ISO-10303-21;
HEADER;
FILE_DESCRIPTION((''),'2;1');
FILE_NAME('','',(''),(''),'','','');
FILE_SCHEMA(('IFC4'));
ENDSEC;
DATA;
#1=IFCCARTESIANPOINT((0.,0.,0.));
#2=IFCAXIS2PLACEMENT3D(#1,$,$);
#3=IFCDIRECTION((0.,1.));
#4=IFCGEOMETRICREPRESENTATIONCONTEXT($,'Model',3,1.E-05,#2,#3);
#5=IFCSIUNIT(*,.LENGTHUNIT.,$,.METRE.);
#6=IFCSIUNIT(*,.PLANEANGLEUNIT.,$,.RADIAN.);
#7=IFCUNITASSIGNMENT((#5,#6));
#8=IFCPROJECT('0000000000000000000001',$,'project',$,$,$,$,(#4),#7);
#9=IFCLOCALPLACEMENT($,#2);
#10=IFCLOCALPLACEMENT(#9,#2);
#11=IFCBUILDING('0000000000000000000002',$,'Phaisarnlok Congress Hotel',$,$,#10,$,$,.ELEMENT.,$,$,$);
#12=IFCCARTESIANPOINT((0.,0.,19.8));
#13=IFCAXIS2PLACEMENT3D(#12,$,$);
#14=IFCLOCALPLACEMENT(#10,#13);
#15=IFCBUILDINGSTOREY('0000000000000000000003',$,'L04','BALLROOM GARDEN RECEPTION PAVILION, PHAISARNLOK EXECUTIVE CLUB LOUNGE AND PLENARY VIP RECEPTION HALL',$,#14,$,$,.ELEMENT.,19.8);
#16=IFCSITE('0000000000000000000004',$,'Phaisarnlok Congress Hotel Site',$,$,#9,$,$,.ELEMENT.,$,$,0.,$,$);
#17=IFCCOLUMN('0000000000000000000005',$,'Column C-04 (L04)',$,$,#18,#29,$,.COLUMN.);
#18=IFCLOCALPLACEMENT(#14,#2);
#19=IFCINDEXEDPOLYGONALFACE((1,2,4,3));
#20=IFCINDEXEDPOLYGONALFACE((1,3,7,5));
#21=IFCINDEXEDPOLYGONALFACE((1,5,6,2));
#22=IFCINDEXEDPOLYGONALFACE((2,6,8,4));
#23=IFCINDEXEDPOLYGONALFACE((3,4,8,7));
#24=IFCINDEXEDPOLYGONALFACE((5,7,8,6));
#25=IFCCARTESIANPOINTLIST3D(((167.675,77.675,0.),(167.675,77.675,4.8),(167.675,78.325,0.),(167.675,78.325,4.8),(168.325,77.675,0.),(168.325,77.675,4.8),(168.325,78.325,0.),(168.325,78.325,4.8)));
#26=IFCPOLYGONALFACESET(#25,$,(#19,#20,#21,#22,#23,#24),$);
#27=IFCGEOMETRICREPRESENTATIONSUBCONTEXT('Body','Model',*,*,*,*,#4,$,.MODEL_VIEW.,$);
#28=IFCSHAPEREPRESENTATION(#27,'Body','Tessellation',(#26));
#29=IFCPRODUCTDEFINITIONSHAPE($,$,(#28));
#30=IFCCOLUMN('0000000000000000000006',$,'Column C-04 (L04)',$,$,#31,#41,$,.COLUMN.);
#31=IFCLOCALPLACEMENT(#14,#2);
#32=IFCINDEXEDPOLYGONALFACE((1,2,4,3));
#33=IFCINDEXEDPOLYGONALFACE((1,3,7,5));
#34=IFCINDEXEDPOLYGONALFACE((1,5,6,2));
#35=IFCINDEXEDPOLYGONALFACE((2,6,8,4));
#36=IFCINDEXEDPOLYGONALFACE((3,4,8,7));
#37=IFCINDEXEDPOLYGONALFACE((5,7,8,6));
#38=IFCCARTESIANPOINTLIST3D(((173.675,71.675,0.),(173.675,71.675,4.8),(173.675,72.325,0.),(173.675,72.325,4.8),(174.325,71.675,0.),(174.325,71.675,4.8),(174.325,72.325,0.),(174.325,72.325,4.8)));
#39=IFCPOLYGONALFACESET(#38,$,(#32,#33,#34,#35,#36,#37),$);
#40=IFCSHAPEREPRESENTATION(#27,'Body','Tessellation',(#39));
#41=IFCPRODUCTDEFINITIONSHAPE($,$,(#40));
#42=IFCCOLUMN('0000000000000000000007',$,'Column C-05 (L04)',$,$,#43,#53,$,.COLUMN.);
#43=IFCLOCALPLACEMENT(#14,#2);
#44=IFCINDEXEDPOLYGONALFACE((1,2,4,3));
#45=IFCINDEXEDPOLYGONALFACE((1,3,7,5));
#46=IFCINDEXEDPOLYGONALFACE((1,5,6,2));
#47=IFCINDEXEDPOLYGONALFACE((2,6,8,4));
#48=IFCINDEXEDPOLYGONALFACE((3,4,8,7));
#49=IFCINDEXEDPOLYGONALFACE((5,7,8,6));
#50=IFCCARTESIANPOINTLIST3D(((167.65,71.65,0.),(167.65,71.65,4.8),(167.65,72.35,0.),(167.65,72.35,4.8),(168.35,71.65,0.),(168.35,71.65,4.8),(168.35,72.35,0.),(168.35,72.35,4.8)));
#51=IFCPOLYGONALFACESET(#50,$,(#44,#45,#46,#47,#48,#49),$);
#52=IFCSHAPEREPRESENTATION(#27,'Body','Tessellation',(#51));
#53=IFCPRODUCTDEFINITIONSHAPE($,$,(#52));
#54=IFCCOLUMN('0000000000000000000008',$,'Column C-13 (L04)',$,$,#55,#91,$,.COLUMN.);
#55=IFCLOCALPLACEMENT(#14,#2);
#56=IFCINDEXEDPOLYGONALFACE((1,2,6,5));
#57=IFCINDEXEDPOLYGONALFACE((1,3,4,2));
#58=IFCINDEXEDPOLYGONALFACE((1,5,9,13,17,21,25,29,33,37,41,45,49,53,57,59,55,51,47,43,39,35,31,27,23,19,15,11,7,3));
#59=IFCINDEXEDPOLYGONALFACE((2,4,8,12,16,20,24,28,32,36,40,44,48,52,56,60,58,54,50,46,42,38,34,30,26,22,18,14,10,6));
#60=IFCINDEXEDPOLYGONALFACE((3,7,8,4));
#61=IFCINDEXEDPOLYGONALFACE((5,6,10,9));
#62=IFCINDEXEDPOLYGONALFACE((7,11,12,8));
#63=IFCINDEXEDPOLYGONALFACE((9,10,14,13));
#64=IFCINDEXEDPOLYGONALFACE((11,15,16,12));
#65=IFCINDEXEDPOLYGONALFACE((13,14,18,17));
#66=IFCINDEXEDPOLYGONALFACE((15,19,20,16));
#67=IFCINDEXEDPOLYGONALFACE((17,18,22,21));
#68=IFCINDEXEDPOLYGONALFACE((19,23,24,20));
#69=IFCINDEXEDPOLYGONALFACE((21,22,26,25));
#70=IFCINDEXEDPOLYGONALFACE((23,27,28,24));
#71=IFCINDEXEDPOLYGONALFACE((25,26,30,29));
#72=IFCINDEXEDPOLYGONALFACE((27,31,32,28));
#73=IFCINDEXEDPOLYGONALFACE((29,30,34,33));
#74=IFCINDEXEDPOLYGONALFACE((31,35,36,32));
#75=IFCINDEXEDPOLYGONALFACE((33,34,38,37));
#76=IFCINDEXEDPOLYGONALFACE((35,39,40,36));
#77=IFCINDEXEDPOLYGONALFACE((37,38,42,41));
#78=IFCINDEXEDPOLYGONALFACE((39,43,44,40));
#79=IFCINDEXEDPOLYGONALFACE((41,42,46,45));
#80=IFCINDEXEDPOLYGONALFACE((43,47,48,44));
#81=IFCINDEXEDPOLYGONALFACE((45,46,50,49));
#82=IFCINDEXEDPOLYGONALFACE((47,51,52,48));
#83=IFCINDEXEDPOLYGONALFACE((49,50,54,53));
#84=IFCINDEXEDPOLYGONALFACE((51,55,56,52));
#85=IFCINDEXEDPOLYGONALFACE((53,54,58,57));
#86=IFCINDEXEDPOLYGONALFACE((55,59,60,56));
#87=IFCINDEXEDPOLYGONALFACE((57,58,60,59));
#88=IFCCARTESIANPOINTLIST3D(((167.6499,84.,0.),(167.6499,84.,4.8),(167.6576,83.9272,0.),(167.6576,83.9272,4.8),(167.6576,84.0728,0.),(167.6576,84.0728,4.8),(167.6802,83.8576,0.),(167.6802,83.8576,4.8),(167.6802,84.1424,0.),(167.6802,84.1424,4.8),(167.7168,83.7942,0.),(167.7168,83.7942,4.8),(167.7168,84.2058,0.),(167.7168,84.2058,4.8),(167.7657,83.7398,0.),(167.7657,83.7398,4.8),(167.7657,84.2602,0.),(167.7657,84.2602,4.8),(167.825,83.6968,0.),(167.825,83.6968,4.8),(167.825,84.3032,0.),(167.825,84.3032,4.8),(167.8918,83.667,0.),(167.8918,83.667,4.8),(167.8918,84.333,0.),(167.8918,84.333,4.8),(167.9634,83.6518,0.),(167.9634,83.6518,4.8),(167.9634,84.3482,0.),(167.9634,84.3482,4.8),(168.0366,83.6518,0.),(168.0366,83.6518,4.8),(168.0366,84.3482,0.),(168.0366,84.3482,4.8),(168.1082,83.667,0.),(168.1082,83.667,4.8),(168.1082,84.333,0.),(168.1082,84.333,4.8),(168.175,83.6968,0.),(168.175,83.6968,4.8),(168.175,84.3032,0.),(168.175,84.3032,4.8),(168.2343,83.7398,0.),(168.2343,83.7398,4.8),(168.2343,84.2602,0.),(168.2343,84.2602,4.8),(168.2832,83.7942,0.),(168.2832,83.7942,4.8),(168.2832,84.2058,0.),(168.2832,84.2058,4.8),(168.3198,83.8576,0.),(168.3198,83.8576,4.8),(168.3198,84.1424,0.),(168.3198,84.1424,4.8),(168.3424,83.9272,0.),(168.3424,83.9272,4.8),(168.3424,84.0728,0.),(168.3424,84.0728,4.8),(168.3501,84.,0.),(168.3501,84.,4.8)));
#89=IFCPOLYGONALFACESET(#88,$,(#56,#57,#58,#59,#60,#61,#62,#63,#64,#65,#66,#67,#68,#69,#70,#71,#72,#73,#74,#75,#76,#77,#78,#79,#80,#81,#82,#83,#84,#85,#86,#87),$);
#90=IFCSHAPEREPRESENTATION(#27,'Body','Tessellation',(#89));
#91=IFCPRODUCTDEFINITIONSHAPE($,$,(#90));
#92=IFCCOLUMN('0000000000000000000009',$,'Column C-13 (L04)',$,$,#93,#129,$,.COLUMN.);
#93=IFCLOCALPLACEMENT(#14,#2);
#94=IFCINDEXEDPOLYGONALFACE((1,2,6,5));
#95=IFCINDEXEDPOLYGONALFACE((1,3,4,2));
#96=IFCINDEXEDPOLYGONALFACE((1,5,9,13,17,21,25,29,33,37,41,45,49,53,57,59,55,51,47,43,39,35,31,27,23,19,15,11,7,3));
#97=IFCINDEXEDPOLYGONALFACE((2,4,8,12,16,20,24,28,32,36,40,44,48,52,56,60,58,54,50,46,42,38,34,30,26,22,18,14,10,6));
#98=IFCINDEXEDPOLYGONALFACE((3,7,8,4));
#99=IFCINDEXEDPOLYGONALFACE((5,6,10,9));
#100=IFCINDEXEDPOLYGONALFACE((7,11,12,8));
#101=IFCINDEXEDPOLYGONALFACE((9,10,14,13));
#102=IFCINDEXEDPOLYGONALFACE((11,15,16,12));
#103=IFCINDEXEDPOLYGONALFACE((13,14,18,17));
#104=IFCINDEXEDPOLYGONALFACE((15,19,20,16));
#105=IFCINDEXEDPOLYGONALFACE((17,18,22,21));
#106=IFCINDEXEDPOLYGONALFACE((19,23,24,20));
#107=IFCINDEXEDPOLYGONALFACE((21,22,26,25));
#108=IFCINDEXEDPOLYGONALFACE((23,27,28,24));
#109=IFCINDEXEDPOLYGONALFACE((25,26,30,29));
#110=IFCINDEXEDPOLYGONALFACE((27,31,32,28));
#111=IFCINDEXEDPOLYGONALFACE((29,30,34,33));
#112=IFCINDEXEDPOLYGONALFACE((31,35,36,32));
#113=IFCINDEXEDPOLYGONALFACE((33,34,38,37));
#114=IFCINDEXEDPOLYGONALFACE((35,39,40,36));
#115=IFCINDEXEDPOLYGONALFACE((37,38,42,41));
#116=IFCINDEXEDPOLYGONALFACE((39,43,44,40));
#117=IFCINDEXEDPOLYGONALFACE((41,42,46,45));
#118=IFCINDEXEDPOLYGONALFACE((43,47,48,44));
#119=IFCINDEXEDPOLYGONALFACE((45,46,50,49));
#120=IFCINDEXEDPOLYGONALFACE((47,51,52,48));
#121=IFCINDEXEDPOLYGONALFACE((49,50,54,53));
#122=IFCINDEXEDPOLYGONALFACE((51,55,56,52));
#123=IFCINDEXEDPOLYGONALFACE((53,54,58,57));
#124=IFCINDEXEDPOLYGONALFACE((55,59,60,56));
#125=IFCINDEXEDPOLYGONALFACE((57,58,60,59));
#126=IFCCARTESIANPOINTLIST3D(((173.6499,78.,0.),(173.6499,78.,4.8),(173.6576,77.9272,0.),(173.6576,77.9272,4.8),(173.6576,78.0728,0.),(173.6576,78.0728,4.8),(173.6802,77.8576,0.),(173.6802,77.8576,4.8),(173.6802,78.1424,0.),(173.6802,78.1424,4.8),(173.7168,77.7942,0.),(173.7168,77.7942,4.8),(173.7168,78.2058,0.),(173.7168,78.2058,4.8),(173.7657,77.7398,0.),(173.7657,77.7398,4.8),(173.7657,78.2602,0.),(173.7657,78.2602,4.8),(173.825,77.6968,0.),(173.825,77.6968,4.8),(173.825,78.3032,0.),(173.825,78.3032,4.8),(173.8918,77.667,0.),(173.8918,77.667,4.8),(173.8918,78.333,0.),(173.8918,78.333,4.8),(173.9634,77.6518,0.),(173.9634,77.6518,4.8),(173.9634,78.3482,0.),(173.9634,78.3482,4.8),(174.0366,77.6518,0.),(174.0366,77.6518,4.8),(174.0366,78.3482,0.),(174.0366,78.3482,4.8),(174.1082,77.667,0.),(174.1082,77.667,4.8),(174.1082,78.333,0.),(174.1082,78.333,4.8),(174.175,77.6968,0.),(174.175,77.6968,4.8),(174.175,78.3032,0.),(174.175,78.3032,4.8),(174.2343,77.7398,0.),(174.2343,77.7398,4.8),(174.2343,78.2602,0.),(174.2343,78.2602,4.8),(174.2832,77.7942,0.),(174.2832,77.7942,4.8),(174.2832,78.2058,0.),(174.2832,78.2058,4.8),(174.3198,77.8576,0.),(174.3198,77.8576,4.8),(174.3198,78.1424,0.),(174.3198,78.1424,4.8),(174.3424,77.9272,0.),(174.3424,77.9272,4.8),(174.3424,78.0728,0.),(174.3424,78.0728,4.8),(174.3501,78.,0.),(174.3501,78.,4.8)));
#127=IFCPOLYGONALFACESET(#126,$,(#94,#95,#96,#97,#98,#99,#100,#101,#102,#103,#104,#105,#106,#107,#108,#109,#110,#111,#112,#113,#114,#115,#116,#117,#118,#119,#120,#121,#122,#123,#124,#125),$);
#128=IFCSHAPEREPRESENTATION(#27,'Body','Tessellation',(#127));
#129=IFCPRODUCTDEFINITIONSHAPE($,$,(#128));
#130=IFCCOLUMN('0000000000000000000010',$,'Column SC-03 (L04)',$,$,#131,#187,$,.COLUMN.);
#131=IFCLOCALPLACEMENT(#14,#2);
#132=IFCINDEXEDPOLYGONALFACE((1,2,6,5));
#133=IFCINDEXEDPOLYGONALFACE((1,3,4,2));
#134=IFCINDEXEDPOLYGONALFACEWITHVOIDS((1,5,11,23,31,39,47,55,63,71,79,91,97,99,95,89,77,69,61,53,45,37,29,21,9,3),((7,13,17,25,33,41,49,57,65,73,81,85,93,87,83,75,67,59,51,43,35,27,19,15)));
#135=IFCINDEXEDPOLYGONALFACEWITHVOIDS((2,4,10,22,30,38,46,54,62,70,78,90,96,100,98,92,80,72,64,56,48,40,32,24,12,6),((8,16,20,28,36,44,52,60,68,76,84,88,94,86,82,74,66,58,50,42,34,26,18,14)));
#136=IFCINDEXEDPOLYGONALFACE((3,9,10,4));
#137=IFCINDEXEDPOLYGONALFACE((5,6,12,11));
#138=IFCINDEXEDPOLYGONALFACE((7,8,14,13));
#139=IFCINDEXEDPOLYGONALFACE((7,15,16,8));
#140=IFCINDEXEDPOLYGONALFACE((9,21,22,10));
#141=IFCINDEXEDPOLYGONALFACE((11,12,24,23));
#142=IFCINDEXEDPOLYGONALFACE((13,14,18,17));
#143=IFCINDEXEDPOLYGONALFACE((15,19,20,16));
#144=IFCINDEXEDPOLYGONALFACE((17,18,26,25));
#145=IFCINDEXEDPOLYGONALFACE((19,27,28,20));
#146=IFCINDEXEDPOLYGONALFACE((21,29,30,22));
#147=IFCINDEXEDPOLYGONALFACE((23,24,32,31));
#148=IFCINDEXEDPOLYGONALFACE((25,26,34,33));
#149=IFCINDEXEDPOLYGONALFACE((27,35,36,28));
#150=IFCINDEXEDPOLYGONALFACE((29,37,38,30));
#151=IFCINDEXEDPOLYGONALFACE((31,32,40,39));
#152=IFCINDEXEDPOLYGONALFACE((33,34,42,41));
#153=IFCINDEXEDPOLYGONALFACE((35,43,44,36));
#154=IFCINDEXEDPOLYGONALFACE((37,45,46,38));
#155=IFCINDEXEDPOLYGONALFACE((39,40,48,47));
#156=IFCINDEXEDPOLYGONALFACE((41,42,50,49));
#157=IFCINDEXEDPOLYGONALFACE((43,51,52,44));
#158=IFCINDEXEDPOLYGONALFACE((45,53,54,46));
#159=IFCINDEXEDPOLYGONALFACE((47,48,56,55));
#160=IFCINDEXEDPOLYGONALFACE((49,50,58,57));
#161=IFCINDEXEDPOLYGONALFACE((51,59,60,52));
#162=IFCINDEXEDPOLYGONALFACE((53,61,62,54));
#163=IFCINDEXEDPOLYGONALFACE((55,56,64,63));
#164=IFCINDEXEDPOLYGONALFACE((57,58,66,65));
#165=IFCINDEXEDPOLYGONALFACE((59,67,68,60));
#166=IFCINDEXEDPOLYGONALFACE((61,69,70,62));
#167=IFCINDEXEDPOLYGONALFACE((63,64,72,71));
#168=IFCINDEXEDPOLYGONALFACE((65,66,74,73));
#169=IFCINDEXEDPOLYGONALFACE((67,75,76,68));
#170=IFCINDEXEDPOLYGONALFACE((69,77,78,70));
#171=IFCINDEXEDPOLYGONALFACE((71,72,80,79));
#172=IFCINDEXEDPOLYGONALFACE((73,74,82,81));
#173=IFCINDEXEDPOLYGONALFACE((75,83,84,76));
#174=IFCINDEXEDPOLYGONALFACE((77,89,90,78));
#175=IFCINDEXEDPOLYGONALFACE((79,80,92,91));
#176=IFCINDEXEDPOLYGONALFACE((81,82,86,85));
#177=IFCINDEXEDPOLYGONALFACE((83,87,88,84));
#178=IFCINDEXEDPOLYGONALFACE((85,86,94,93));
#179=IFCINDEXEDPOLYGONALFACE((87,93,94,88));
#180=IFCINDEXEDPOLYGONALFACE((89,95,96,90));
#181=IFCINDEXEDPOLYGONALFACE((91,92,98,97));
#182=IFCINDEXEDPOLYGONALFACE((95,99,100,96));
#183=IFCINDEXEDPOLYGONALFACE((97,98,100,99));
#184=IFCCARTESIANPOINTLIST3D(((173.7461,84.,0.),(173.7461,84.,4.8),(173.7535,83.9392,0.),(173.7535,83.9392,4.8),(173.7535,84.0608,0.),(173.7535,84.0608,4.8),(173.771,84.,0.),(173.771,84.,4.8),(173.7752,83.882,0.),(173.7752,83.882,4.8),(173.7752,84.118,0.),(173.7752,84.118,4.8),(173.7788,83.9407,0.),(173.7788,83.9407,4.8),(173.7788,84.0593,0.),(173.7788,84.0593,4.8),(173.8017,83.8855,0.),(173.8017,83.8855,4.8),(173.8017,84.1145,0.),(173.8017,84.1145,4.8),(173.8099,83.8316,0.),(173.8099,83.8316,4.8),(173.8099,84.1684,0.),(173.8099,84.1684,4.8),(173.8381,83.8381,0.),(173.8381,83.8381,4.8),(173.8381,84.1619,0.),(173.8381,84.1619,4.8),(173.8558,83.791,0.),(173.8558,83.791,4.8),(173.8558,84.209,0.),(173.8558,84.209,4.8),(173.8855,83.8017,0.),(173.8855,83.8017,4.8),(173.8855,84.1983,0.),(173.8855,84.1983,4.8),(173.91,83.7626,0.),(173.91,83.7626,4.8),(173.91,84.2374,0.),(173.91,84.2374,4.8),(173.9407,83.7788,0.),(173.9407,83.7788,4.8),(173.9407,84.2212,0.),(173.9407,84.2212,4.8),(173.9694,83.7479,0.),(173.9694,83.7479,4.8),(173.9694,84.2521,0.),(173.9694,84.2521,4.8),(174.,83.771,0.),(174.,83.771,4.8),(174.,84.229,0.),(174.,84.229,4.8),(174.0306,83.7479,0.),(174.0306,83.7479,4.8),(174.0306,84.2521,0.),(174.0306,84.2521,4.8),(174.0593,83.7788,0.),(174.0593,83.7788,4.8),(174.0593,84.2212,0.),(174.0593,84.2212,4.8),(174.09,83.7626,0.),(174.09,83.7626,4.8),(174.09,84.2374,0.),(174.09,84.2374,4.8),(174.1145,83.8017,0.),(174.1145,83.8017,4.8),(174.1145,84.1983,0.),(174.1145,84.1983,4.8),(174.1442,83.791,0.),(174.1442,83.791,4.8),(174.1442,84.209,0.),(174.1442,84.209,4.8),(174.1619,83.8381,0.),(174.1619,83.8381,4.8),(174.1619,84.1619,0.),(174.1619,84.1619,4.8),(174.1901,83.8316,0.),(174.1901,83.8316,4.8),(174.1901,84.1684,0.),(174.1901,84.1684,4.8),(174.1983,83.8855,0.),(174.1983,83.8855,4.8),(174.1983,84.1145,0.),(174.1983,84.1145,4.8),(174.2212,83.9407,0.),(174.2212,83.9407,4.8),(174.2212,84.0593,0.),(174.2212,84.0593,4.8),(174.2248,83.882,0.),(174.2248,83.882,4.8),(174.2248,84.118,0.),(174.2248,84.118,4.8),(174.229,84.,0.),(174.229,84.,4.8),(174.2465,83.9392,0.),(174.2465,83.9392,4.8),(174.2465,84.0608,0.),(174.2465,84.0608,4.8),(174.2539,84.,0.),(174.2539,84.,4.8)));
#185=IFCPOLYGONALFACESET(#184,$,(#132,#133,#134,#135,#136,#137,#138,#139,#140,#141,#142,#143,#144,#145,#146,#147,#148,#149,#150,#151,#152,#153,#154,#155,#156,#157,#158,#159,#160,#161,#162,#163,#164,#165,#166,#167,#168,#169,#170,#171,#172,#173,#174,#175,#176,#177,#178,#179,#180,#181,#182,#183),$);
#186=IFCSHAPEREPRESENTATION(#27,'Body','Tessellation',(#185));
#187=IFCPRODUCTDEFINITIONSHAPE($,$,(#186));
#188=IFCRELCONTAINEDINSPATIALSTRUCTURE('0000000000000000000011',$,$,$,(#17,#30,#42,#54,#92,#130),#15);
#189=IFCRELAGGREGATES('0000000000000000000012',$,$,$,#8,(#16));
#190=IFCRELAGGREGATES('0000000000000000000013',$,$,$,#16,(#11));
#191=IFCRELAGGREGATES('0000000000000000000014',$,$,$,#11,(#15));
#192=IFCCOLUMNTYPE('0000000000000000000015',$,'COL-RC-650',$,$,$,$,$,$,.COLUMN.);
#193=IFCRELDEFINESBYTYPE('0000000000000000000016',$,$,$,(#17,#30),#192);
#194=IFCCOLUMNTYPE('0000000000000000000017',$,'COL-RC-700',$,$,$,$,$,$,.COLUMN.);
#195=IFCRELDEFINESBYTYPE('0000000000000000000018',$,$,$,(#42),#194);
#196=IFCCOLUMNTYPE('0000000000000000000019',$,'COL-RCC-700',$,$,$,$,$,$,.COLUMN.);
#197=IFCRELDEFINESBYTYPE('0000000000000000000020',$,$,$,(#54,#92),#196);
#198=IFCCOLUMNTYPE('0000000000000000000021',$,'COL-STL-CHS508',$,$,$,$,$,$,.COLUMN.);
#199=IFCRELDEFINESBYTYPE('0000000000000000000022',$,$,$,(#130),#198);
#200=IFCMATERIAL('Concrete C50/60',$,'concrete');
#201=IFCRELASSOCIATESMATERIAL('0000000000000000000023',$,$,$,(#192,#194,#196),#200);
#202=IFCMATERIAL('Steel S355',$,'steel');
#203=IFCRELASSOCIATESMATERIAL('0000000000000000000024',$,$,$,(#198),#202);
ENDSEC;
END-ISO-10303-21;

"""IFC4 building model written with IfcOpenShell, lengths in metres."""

from ifc_helpers import new_model, si_unit, direction, frame, origin, origin_2d, place, context, subcontext, project, spatial, rectangle, circle, hollow_circle, extrude, material, material_profile, profile_set, type_object, element, save


model = new_model("IFC4")

# Units and contexts
model_context = context("Model", 3, precision=1e-05, world=origin(), true_north=direction((0.0, 1.0)))
body_context = subcontext(model_context, "Body", "Model", "MODEL_VIEW")
ifc_project = project(units=[si_unit("LENGTHUNIT", "METRE"), si_unit("PLANEANGLEUNIT", "RADIAN")], contexts=[model_context])

# Site, building, storey
site_placement = place(None, origin())
site = spatial("IfcSite", under=ifc_project, at=site_placement, Name="Phaisarnlok Congress Hotel Site", CompositionType="ELEMENT", RefElevation=0.0)
building_placement = place(site_placement, origin())
building = spatial("IfcBuilding", under=site, at=building_placement, Name="Phaisarnlok Congress Hotel", CompositionType="ELEMENT")
storey_placement = place(building_placement, frame((0.0, 0.0, 19.8)))
storey = spatial("IfcBuildingStorey", under=building, at=storey_placement, Name="L04", Description="BALLROOM GARDEN RECEPTION PAVILION, PHAISARNLOK EXECUTIVE CLUB LOUNGE AND PLENARY VIP RECEPTION HALL", CompositionType="ELEMENT", Elevation=19.8)

# Columns
ifc_material_1 = material(Name="Concrete C50/60", Category="concrete")
ifc_material_profile_1 = material_profile(ifc_material_1, rectangle(XDim=0.6499, YDim=0.6499, at=origin_2d()), Name="RC 650x650")
ifc_profile_set_1 = profile_set([ifc_material_profile_1], Name="Concrete C50/60")
column_type_1 = type_object("IfcColumnType", Name="COL-RC-650", PredefinedType="COLUMN", material=ifc_profile_set_1)
for number, where, z_axis, x_axis, name in (
    (1, (168.0, 78.0, 0.0), (0.0, 0.0, 1.0), (1.0, 0.0, 0.0), "Column C-04 (L04)"),
    (2, (174.0, 72.0, 0.0), (0.0, 0.0, 1.0), (1.0, 0.0, 0.0), "Column C-04 (L04)"),
):
    element("IfcColumn", number, at=place(storey_placement, frame(where, z_axis=z_axis, x_axis=x_axis)), inside=storey, type_object=column_type_1, Name=name, PredefinedType="COLUMN", context=body_context, shape_type="SweptSolid", body=[
        extrude(rectangle(XDim=0.6499, YDim=0.6499, at=origin_2d()), origin(), (0.0, 0.0, 1.0), 4.8),
    ])
ifc_material_profile_2 = material_profile(ifc_material_1, rectangle(XDim=0.7, YDim=0.7, at=origin_2d()), Name="RC 700x700")
ifc_profile_set_2 = profile_set([ifc_material_profile_2], Name="Concrete C50/60")
column_type_2 = type_object("IfcColumnType", Name="COL-RC-700", PredefinedType="COLUMN", material=ifc_profile_set_2)
column_1_placement = place(storey_placement, frame((168.0, 72.0, 0.0), z_axis=(0.0, 0.0, 1.0), x_axis=(1.0, 0.0, 0.0)))
element("IfcColumn", 3, at=column_1_placement, inside=storey, type_object=column_type_2, Name="Column C-05 (L04)", PredefinedType="COLUMN", context=body_context, shape_type="SweptSolid", body=[
    extrude(rectangle(XDim=0.7, YDim=0.7, at=origin_2d()), origin(), (0.0, 0.0, 1.0), 4.8),
])
ifc_material_profile_3 = material_profile(ifc_material_1, circle(Radius=0.3501, at=origin_2d()), Name="RCC D700")
ifc_profile_set_3 = profile_set([ifc_material_profile_3], Name="Concrete C50/60")
column_type_3 = type_object("IfcColumnType", Name="COL-RCC-700", PredefinedType="COLUMN", material=ifc_profile_set_3)
for number, where, z_axis, x_axis, name in (
    (4, (168.0, 84.0, 0.0), (0.0, 0.0, 1.0), (1.0, 0.0, 0.0), "Column C-13 (L04)"),
    (5, (174.0, 78.0, 0.0), (0.0, 0.0, 1.0), (1.0, 0.0, 0.0), "Column C-13 (L04)"),
):
    element("IfcColumn", number, at=place(storey_placement, frame(where, z_axis=z_axis, x_axis=x_axis)), inside=storey, type_object=column_type_3, Name=name, PredefinedType="COLUMN", context=body_context, shape_type="SweptSolid", body=[
        extrude(circle(Radius=0.3501, at=origin_2d()), origin(), (0.0, 0.0, 1.0), 4.8),
    ])
ifc_material_2 = material(Name="Steel S355", Category="steel")
ifc_material_profile_4 = material_profile(ifc_material_2, hollow_circle(Radius=0.2539, WallThickness=0.0249, at=origin_2d()), Name="CHS 508x25")
ifc_profile_set_4 = profile_set([ifc_material_profile_4], Name="Steel S355")
column_type_4 = type_object("IfcColumnType", Name="COL-STL-CHS508", PredefinedType="COLUMN", material=ifc_profile_set_4)
column_2_placement = place(storey_placement, frame((174.0, 84.0, 0.0), z_axis=(0.0, 0.0, 1.0), x_axis=(1.0, 0.0, 0.0)))
element("IfcColumn", 6, at=column_2_placement, inside=storey, type_object=column_type_4, Name="Column SC-03 (L04)", PredefinedType="COLUMN", context=body_context, shape_type="SweptSolid", body=[
    extrude(hollow_circle(Radius=0.2539, WallThickness=0.0249, at=origin_2d()), origin(), (0.0, 0.0, 1.0), 4.8),
])

save(model, "model.ifc")
